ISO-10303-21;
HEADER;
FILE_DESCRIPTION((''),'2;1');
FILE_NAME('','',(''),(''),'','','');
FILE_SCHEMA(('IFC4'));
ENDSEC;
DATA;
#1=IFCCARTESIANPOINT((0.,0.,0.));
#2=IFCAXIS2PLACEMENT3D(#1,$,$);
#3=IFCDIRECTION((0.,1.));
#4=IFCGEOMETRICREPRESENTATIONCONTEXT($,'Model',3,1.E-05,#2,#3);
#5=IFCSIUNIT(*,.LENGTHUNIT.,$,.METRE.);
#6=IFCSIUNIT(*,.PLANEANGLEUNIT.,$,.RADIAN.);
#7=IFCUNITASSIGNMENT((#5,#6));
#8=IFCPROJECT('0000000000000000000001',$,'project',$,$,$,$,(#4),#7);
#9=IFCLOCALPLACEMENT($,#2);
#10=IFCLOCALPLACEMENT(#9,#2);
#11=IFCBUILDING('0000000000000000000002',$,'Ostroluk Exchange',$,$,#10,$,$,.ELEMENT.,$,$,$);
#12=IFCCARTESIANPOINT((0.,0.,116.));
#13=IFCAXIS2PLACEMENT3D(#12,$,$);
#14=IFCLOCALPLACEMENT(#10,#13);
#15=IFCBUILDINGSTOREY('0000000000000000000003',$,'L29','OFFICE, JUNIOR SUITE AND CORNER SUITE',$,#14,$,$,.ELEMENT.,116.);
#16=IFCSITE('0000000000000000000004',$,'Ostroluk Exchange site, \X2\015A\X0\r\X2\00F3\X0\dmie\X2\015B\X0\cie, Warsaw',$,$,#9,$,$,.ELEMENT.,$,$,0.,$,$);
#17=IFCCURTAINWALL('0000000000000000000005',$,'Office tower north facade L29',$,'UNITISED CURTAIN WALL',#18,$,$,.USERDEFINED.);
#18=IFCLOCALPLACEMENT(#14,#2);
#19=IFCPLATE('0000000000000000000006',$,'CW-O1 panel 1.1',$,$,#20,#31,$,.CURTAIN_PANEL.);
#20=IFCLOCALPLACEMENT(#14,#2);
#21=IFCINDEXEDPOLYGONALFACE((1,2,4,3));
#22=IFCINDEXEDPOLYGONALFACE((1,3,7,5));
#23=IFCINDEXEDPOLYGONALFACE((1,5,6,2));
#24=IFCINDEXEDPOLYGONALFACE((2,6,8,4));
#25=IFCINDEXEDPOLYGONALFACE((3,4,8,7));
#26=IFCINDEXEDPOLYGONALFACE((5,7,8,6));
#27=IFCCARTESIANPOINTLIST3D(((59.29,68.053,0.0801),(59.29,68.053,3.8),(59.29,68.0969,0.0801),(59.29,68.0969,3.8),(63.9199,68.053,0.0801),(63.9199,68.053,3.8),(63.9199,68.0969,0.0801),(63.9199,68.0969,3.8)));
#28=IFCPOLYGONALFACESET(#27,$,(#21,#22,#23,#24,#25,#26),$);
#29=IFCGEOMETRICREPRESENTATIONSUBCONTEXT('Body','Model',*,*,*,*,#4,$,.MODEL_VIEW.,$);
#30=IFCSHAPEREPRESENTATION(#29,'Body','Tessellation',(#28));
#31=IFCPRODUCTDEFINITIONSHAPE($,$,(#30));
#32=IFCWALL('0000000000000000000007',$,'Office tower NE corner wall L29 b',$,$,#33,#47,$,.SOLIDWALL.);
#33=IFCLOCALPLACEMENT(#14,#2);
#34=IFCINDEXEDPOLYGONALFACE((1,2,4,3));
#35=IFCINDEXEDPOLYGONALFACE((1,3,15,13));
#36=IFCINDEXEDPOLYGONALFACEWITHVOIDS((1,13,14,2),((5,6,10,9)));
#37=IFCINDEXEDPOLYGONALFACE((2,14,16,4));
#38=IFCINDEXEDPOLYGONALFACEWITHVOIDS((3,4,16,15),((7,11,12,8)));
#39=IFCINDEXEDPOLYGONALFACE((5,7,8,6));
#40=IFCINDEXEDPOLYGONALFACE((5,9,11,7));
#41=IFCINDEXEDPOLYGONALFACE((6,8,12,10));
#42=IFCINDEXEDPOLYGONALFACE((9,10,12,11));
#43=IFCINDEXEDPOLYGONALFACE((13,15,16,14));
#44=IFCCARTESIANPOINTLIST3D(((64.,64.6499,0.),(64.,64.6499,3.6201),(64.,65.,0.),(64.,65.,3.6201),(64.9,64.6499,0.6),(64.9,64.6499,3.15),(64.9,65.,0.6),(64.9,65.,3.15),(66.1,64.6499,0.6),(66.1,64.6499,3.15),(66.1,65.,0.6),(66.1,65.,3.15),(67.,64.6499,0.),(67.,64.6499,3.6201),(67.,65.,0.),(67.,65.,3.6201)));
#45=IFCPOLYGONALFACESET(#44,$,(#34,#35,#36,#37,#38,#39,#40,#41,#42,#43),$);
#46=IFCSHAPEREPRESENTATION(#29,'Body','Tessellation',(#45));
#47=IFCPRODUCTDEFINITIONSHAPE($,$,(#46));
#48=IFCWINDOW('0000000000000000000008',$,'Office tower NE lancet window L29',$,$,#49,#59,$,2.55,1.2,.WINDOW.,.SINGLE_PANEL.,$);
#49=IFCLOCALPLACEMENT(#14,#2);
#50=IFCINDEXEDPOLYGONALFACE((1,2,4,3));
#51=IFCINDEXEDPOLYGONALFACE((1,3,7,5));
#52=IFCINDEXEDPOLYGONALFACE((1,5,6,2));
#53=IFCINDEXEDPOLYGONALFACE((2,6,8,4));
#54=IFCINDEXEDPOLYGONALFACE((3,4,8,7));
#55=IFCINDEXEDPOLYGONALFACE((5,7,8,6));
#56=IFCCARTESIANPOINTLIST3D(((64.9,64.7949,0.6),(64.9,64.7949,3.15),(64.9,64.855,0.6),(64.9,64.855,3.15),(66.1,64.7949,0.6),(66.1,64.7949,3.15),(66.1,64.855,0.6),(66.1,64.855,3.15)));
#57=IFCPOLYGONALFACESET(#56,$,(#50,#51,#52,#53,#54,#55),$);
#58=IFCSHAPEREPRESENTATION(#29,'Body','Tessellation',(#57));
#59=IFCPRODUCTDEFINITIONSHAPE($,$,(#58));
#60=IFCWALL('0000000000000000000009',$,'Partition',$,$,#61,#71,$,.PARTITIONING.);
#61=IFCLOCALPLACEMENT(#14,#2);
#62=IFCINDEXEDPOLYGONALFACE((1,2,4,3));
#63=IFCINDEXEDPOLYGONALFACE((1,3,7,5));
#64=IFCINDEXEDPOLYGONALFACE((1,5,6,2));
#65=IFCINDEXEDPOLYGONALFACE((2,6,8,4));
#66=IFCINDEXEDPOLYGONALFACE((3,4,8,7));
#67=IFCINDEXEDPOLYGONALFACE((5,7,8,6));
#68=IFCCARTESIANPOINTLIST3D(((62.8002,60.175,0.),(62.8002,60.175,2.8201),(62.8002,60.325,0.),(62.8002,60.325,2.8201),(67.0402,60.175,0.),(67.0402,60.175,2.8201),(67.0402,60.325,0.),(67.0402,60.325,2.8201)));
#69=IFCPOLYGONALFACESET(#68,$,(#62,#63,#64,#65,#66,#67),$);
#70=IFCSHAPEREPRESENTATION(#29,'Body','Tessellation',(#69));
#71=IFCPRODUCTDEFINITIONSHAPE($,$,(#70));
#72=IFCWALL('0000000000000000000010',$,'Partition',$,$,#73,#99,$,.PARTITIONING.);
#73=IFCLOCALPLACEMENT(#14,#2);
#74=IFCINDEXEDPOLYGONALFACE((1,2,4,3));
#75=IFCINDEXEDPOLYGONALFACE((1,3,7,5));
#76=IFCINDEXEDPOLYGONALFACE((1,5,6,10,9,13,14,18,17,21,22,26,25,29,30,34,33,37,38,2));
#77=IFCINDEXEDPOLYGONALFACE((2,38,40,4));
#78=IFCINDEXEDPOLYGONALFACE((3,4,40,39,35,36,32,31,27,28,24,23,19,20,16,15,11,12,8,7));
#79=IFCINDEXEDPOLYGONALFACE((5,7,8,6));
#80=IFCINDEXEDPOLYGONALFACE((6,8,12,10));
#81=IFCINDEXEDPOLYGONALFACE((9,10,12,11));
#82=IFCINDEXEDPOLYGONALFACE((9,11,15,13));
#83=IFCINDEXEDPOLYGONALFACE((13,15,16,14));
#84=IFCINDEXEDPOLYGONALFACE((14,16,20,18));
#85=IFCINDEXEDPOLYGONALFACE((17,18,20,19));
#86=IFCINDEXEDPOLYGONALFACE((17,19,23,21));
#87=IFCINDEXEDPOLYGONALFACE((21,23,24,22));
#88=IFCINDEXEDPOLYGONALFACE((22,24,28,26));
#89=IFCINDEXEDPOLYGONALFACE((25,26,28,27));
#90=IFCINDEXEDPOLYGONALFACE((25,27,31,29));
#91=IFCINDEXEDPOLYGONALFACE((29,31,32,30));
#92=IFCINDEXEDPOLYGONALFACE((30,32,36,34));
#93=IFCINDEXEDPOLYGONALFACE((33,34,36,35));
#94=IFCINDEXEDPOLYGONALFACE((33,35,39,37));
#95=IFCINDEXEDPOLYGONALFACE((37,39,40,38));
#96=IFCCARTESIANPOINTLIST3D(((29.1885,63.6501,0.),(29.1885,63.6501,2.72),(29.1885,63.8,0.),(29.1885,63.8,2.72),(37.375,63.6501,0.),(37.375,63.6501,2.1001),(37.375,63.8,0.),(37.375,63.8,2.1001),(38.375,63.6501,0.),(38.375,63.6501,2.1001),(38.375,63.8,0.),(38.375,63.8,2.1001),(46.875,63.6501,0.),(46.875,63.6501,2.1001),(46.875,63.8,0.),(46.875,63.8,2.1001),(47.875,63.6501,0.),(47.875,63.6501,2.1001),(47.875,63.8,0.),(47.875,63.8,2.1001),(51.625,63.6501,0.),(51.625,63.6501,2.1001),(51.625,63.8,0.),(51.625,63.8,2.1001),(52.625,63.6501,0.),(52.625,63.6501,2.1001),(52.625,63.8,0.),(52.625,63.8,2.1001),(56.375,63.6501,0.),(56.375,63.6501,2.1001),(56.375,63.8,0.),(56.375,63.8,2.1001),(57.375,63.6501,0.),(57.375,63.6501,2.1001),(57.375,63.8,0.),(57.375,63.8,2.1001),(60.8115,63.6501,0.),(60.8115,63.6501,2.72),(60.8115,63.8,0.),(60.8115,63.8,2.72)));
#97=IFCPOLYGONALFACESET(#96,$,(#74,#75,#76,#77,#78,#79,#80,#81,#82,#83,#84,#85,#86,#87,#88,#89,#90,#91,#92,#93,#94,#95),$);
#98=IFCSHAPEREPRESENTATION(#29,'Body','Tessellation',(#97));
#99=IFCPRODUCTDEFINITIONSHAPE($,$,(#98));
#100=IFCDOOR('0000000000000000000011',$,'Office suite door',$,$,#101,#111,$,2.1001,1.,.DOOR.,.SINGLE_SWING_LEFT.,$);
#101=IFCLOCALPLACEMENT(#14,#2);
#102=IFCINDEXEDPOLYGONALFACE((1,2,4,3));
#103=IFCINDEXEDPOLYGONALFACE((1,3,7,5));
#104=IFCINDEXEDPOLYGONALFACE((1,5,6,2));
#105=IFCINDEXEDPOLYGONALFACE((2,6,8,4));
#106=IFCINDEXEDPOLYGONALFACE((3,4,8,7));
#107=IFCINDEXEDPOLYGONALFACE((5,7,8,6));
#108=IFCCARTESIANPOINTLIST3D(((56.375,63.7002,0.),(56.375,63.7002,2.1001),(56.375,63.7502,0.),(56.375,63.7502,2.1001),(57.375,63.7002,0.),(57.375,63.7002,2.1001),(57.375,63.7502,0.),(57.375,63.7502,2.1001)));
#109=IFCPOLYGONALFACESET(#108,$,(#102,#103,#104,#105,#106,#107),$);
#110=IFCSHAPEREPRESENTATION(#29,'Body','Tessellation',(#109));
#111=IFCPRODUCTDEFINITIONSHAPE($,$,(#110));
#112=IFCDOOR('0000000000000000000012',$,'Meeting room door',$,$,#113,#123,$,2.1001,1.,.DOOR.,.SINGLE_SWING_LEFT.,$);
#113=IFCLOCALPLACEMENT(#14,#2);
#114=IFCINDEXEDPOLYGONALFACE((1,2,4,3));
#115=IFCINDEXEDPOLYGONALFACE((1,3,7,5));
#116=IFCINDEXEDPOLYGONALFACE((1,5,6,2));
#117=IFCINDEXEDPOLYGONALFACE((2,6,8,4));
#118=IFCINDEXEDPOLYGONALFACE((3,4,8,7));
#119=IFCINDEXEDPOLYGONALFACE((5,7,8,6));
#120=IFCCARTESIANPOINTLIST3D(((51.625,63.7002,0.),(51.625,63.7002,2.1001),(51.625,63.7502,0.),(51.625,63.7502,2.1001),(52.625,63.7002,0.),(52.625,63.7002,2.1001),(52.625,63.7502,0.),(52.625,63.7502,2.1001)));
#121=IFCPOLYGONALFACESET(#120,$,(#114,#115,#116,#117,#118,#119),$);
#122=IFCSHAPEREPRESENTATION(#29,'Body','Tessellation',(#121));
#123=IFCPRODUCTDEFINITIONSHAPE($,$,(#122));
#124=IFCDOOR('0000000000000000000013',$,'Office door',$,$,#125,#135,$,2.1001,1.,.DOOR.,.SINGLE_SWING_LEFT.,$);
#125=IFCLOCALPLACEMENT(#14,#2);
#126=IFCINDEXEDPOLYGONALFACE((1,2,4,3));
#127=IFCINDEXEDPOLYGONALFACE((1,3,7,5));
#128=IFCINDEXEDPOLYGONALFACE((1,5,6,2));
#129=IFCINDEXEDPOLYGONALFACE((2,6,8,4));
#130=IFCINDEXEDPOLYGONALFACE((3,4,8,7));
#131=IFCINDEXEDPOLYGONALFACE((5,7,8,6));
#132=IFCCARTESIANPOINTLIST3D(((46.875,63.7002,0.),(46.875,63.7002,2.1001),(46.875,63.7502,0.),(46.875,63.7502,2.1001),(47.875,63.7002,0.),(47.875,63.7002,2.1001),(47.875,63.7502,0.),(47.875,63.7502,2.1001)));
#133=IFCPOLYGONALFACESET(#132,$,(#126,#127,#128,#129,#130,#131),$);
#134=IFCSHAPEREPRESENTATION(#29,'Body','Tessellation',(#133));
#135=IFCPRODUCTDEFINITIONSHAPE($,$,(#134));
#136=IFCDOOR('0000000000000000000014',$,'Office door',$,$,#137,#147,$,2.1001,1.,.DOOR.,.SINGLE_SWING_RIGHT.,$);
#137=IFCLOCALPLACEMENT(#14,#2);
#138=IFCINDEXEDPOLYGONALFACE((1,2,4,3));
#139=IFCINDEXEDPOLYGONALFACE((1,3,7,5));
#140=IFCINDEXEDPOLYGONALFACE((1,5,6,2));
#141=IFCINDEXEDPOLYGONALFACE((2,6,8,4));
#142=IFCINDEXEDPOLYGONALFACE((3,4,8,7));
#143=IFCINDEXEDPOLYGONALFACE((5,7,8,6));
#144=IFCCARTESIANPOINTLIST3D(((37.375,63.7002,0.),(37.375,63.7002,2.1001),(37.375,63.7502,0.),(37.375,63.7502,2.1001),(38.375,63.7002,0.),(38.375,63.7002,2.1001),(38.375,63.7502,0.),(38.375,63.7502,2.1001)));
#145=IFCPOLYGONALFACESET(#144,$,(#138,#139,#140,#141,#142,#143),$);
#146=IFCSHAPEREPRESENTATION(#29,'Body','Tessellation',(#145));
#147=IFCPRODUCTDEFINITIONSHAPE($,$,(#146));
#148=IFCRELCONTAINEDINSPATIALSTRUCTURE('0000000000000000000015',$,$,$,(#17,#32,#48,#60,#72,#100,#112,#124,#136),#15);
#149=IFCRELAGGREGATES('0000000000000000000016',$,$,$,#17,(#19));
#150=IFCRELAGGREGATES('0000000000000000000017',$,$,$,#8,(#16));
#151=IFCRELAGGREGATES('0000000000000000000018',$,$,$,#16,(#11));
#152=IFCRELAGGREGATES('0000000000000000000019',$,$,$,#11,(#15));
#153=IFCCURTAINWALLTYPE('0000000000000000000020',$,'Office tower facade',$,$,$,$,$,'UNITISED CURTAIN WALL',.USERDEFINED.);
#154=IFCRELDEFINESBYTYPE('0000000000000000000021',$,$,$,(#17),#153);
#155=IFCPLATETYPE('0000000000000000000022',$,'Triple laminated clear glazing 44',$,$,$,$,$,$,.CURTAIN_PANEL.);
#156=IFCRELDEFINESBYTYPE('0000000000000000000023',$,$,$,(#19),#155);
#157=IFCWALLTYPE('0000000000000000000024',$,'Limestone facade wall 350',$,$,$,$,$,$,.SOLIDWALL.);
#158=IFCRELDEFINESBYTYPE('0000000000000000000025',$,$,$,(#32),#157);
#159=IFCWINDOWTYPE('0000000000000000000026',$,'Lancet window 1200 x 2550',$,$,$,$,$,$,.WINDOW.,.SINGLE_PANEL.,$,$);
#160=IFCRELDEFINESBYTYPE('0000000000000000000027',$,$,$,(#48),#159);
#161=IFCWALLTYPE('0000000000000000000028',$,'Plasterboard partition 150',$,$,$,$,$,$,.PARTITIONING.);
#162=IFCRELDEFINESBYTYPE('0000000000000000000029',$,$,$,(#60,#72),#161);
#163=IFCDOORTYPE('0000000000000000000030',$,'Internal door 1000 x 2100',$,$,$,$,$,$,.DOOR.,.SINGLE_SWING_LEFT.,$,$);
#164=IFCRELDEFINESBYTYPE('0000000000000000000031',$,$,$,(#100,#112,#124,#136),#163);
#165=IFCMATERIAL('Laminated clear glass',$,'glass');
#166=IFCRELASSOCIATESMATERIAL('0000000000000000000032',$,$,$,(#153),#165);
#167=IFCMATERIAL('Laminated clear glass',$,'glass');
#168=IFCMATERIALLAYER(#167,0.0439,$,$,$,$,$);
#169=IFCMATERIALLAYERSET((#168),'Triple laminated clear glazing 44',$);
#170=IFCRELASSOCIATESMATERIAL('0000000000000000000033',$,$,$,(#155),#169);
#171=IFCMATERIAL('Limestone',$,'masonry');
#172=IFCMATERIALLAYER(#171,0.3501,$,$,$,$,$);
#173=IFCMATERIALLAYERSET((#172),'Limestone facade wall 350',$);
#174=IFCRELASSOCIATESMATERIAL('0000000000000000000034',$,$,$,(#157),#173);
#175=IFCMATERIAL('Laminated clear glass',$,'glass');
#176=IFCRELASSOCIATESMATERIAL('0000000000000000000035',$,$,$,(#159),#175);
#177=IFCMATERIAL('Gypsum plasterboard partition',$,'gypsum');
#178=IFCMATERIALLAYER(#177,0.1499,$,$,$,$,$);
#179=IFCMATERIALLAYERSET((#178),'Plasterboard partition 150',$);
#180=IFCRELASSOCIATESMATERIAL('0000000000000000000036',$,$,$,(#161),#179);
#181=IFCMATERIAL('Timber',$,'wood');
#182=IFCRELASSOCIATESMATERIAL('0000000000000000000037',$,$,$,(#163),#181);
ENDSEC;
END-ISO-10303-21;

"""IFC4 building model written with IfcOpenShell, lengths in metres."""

from ifc_helpers import new_model, si_unit, direction, frame, frame_2d, origin, origin_2d, place, context, subcontext, project, spatial, rectangle, extrude, material, layer, layer_set, type_object, element, fill, aggregate, save


model = new_model("IFC4")

# Units and contexts
model_context = context("Model", 3, precision=1e-05, world=origin(), true_north=direction((0.0, 1.0)))
body_context = subcontext(model_context, "Body", "Model", "MODEL_VIEW")
ifc_project = project(units=[si_unit("LENGTHUNIT", "METRE"), si_unit("PLANEANGLEUNIT", "RADIAN")], contexts=[model_context])

# Site, building, storey
site_placement = place(None, origin())
site = spatial("IfcSite", under=ifc_project, at=site_placement, Name="Ostroluk Exchange site, Śródmieście, Warsaw", CompositionType="ELEMENT", RefElevation=0.0)
building_placement = place(site_placement, origin())
building = spatial("IfcBuilding", under=site, at=building_placement, Name="Ostroluk Exchange", CompositionType="ELEMENT")
storey_placement = place(building_placement, frame((0.0, 0.0, 116.0)))
storey = spatial("IfcBuildingStorey", under=building, at=storey_placement, Name="L29", Description="OFFICE, JUNIOR SUITE AND CORNER SUITE", CompositionType="ELEMENT", Elevation=116.0)

# Shared definitions
ifc_material_1 = material(Name="Laminated clear glass", Category="glass")
curtain_wall_type = type_object("IfcCurtainWallType", Name="Office tower facade", ElementType="UNITISED CURTAIN WALL", PredefinedType="USERDEFINED", material=ifc_material_1)

# Curtain wall
curtain_wall_1_placement = place(storey_placement, origin())
curtain_wall_1 = element("IfcCurtainWall", 1, at=curtain_wall_1_placement, inside=storey, type_object=curtain_wall_type, Name="Office tower north facade L29", ObjectType="UNITISED CURTAIN WALL", PredefinedType="USERDEFINED")

# Plate
ifc_material_2 = material(Name="Laminated clear glass", Category="glass")
ifc_layer_1 = layer(ifc_material_2, 0.0439)
ifc_layer_set_1 = layer_set([ifc_layer_1], Name="Triple laminated clear glazing 44")
plate_type_1 = type_object("IfcPlateType", Name="Triple laminated clear glazing 44", PredefinedType="CURTAIN_PANEL", material=ifc_layer_set_1)
plate_1_placement = place(storey_placement, frame((61.605, 68.075, 0.0801), z_axis=(0.0, 0.0, 1.0), x_axis=(-1.0, 0.0, 0.0)))
plate_1 = element("IfcPlate", 2, at=plate_1_placement, type_object=plate_type_1, Name="CW-O1 panel 1.1", PredefinedType="CURTAIN_PANEL", context=body_context, shape_type="SweptSolid", body=[
    extrude(rectangle(XDim=4.6299, YDim=0.0439, at=origin_2d()), origin(), (0.0, 0.0, 1.0), 3.72),
])
aggregate(curtain_wall_1, [plate_1])

# Shared definitions
ifc_material_3 = material(Name="Limestone", Category="masonry")
ifc_layer_2 = layer(ifc_material_3, 0.3501)
ifc_layer_set_2 = layer_set([ifc_layer_2], Name="Limestone facade wall 350")
wall_type_1 = type_object("IfcWallType", Name="Limestone facade wall 350", PredefinedType="SOLIDWALL", material=ifc_layer_set_2)

# Wall, opening, window
wall_1_placement = place(storey_placement, frame((64.0, 64.825, 0.0), z_axis=(0.0, 0.0, 1.0), x_axis=(1.0, 0.0, 0.0)))
wall_1 = element("IfcWall", 3, at=wall_1_placement, inside=storey, type_object=wall_type_1, Name="Office tower NE corner wall L29 b", PredefinedType="SOLIDWALL", context=body_context, shape_type="SweptSolid", body=[
    extrude(rectangle(XDim=3.0, YDim=0.3501, at=frame_2d((1.5, 0.0))), origin(), (0.0, 0.0, 1.0), 3.6201),
])
opening_1_placement = place(wall_1_placement, frame((0.8999, 0.0, 0.6001)))
opening_1 = element("IfcOpeningElement", 4, at=opening_1_placement, cuts=wall_1, PredefinedType="OPENING", context=body_context, shape_type="SweptSolid", body=[
    extrude(rectangle(XDim=1.2, YDim=2.55, at=frame_2d((0.6001, 1.2749))), frame((0.0, 0.1851, 0.0), z_axis=(0.0, -1.0, 0.0), x_axis=(1.0, 0.0, 0.0)), (0.0, 0.0, 1.0), 0.3701),
])
ifc_material_4 = material(Name="Laminated clear glass", Category="glass")
window_type = type_object("IfcWindowType", Name="Lancet window 1200 x 2550", PartitioningType="SINGLE_PANEL", PredefinedType="WINDOW", material=ifc_material_4)
window_placement = place(opening_1_placement, origin())
window = element("IfcWindow", 5, at=window_placement, inside=storey, type_object=window_type, Name="Office tower NE lancet window L29", OverallHeight=2.55, OverallWidth=1.2, PartitioningType="SINGLE_PANEL", PredefinedType="WINDOW", context=body_context, shape_type="SweptSolid", body=[
    extrude(rectangle(XDim=1.2, YDim=2.55, at=frame_2d((0.6001, 1.2749))), frame((0.0, 0.03, 0.0), z_axis=(0.0, -1.0, 0.0), x_axis=(1.0, 0.0, 0.0)), (0.0, 0.0, 1.0), 0.0601),
])
fill(opening_1, window)

# Wall
ifc_material_5 = material(Name="Gypsum plasterboard partition", Category="gypsum")
ifc_layer_3 = layer(ifc_material_5, 0.1499)
ifc_layer_set_3 = layer_set([ifc_layer_3], Name="Plasterboard partition 150")
wall_type_2 = type_object("IfcWallType", Name="Plasterboard partition 150", PredefinedType="PARTITIONING", material=ifc_layer_set_3)
wall_2_placement = place(storey_placement, frame((62.8, 60.25, 0.0), z_axis=(0.0, 0.0, 1.0), x_axis=(1.0, 0.0, 0.0)))
element("IfcWall", 6, at=wall_2_placement, inside=storey, type_object=wall_type_2, Name="Partition", PredefinedType="PARTITIONING", context=body_context, shape_type="SweptSolid", body=[
    extrude(rectangle(XDim=4.24, YDim=0.1499, at=frame_2d((2.1201, 0.0))), origin(), (0.0, 0.0, 1.0), 2.8201),
])

# Wall, openings, doors
wall_3_placement = place(storey_placement, frame((60.8115, 63.7251, 0.0), z_axis=(0.0, 0.0, 1.0), x_axis=(-1.0, 0.0, 0.0)))
wall_3 = element("IfcWall", 7, at=wall_3_placement, inside=storey, type_object=wall_type_2, Name="Partition", PredefinedType="PARTITIONING", context=body_context, shape_type="SweptSolid", body=[
    extrude(rectangle(XDim=31.623, YDim=0.1499, at=frame_2d((15.8115, 0.0))), origin(), (0.0, 0.0, 1.0), 2.72),
])
opening_2_placement = place(wall_3_placement, frame((3.4365, 0.0, 0.0)))
opening_2 = element("IfcOpeningElement", 8, at=opening_2_placement, cuts=wall_3, PredefinedType="OPENING", context=body_context, shape_type="SweptSolid", body=[
    extrude(rectangle(XDim=1.0, YDim=2.1001, at=frame_2d((0.5, 1.05))), frame((0.0, 0.085, 0.0), z_axis=(0.0, -1.0, 0.0), x_axis=(1.0, 0.0, 0.0)), (0.0, 0.0, 1.0), 0.1699),
])
opening_3_placement = place(wall_3_placement, frame((8.1865, 0.0, 0.0)))
opening_3 = element("IfcOpeningElement", 9, at=opening_3_placement, cuts=wall_3, PredefinedType="OPENING", context=body_context, shape_type="SweptSolid", body=[
    extrude(rectangle(XDim=1.0, YDim=2.1001, at=frame_2d((0.5, 1.05))), frame((0.0, 0.085, 0.0), z_axis=(0.0, -1.0, 0.0), x_axis=(1.0, 0.0, 0.0)), (0.0, 0.0, 1.0), 0.1699),
])
opening_4_placement = place(wall_3_placement, frame((12.9365, 0.0, 0.0)))
opening_4 = element("IfcOpeningElement", 10, at=opening_4_placement, cuts=wall_3, PredefinedType="OPENING", context=body_context, shape_type="SweptSolid", body=[
    extrude(rectangle(XDim=1.0, YDim=2.1001, at=frame_2d((0.5, 1.05))), frame((0.0, 0.085, 0.0), z_axis=(0.0, -1.0, 0.0), x_axis=(1.0, 0.0, 0.0)), (0.0, 0.0, 1.0), 0.1699),
])
opening_5_placement = place(wall_3_placement, frame((22.4365, 0.0, 0.0)))
opening_5 = element("IfcOpeningElement", 11, at=opening_5_placement, cuts=wall_3, PredefinedType="OPENING", context=body_context, shape_type="SweptSolid", body=[
    extrude(rectangle(XDim=1.0, YDim=2.1001, at=frame_2d((0.5, 1.05))), frame((0.0, 0.085, 0.0), z_axis=(0.0, -1.0, 0.0), x_axis=(1.0, 0.0, 0.0)), (0.0, 0.0, 1.0), 0.1699),
])
ifc_material_6 = material(Name="Timber", Category="wood")
door_type_1 = type_object("IfcDoorType", Name="Internal door 1000 x 2100", OperationType="SINGLE_SWING_LEFT", PredefinedType="DOOR", material=ifc_material_6)
door_1_placement = place(opening_2_placement, origin())
door_1 = element("IfcDoor", 12, at=door_1_placement, inside=storey, type_object=door_type_1, Name="Office suite door", OperationType="SINGLE_SWING_LEFT", OverallHeight=2.1001, OverallWidth=1.0, PredefinedType="DOOR", context=body_context, shape_type="SweptSolid", body=[
    extrude(rectangle(XDim=1.0, YDim=2.1001, at=frame_2d((0.5, 1.05))), frame((0.0, 0.0249, 0.0), z_axis=(0.0, -1.0, 0.0), x_axis=(1.0, 0.0, 0.0)), (0.0, 0.0, 1.0), 0.05),
])
fill(opening_2, door_1)
door_2_placement = place(opening_3_placement, origin())
door_2 = element("IfcDoor", 13, at=door_2_placement, inside=storey, type_object=door_type_1, Name="Meeting room door", OperationType="SINGLE_SWING_LEFT", OverallHeight=2.1001, OverallWidth=1.0, PredefinedType="DOOR", context=body_context, shape_type="SweptSolid", body=[
    extrude(rectangle(XDim=1.0, YDim=2.1001, at=frame_2d((0.5, 1.05))), frame((0.0, 0.0249, 0.0), z_axis=(0.0, -1.0, 0.0), x_axis=(1.0, 0.0, 0.0)), (0.0, 0.0, 1.0), 0.05),
])
fill(opening_3, door_2)
door_3_placement = place(opening_4_placement, origin())
door_3 = element("IfcDoor", 14, at=door_3_placement, inside=storey, type_object=door_type_1, Name="Office door", OperationType="SINGLE_SWING_LEFT", OverallHeight=2.1001, OverallWidth=1.0, PredefinedType="DOOR", context=body_context, shape_type="SweptSolid", body=[
    extrude(rectangle(XDim=1.0, YDim=2.1001, at=frame_2d((0.5, 1.05))), frame((0.0, 0.0249, 0.0), z_axis=(0.0, -1.0, 0.0), x_axis=(1.0, 0.0, 0.0)), (0.0, 0.0, 1.0), 0.05),
])
fill(opening_4, door_3)
door_4_placement = place(opening_5_placement, origin())
door_4 = element("IfcDoor", 15, at=door_4_placement, inside=storey, type_object=door_type_1, Name="Office door", OperationType="SINGLE_SWING_RIGHT", OverallHeight=2.1001, OverallWidth=1.0, PredefinedType="DOOR", context=body_context, shape_type="SweptSolid", body=[
    extrude(rectangle(XDim=1.0, YDim=2.1001, at=frame_2d((0.5, 1.05))), frame((0.0, 0.0249, 0.0), z_axis=(0.0, -1.0, 0.0), x_axis=(1.0, 0.0, 0.0)), (0.0, 0.0, 1.0), 0.05),
])
fill(opening_5, door_4)

save(model, "model.ifc")
